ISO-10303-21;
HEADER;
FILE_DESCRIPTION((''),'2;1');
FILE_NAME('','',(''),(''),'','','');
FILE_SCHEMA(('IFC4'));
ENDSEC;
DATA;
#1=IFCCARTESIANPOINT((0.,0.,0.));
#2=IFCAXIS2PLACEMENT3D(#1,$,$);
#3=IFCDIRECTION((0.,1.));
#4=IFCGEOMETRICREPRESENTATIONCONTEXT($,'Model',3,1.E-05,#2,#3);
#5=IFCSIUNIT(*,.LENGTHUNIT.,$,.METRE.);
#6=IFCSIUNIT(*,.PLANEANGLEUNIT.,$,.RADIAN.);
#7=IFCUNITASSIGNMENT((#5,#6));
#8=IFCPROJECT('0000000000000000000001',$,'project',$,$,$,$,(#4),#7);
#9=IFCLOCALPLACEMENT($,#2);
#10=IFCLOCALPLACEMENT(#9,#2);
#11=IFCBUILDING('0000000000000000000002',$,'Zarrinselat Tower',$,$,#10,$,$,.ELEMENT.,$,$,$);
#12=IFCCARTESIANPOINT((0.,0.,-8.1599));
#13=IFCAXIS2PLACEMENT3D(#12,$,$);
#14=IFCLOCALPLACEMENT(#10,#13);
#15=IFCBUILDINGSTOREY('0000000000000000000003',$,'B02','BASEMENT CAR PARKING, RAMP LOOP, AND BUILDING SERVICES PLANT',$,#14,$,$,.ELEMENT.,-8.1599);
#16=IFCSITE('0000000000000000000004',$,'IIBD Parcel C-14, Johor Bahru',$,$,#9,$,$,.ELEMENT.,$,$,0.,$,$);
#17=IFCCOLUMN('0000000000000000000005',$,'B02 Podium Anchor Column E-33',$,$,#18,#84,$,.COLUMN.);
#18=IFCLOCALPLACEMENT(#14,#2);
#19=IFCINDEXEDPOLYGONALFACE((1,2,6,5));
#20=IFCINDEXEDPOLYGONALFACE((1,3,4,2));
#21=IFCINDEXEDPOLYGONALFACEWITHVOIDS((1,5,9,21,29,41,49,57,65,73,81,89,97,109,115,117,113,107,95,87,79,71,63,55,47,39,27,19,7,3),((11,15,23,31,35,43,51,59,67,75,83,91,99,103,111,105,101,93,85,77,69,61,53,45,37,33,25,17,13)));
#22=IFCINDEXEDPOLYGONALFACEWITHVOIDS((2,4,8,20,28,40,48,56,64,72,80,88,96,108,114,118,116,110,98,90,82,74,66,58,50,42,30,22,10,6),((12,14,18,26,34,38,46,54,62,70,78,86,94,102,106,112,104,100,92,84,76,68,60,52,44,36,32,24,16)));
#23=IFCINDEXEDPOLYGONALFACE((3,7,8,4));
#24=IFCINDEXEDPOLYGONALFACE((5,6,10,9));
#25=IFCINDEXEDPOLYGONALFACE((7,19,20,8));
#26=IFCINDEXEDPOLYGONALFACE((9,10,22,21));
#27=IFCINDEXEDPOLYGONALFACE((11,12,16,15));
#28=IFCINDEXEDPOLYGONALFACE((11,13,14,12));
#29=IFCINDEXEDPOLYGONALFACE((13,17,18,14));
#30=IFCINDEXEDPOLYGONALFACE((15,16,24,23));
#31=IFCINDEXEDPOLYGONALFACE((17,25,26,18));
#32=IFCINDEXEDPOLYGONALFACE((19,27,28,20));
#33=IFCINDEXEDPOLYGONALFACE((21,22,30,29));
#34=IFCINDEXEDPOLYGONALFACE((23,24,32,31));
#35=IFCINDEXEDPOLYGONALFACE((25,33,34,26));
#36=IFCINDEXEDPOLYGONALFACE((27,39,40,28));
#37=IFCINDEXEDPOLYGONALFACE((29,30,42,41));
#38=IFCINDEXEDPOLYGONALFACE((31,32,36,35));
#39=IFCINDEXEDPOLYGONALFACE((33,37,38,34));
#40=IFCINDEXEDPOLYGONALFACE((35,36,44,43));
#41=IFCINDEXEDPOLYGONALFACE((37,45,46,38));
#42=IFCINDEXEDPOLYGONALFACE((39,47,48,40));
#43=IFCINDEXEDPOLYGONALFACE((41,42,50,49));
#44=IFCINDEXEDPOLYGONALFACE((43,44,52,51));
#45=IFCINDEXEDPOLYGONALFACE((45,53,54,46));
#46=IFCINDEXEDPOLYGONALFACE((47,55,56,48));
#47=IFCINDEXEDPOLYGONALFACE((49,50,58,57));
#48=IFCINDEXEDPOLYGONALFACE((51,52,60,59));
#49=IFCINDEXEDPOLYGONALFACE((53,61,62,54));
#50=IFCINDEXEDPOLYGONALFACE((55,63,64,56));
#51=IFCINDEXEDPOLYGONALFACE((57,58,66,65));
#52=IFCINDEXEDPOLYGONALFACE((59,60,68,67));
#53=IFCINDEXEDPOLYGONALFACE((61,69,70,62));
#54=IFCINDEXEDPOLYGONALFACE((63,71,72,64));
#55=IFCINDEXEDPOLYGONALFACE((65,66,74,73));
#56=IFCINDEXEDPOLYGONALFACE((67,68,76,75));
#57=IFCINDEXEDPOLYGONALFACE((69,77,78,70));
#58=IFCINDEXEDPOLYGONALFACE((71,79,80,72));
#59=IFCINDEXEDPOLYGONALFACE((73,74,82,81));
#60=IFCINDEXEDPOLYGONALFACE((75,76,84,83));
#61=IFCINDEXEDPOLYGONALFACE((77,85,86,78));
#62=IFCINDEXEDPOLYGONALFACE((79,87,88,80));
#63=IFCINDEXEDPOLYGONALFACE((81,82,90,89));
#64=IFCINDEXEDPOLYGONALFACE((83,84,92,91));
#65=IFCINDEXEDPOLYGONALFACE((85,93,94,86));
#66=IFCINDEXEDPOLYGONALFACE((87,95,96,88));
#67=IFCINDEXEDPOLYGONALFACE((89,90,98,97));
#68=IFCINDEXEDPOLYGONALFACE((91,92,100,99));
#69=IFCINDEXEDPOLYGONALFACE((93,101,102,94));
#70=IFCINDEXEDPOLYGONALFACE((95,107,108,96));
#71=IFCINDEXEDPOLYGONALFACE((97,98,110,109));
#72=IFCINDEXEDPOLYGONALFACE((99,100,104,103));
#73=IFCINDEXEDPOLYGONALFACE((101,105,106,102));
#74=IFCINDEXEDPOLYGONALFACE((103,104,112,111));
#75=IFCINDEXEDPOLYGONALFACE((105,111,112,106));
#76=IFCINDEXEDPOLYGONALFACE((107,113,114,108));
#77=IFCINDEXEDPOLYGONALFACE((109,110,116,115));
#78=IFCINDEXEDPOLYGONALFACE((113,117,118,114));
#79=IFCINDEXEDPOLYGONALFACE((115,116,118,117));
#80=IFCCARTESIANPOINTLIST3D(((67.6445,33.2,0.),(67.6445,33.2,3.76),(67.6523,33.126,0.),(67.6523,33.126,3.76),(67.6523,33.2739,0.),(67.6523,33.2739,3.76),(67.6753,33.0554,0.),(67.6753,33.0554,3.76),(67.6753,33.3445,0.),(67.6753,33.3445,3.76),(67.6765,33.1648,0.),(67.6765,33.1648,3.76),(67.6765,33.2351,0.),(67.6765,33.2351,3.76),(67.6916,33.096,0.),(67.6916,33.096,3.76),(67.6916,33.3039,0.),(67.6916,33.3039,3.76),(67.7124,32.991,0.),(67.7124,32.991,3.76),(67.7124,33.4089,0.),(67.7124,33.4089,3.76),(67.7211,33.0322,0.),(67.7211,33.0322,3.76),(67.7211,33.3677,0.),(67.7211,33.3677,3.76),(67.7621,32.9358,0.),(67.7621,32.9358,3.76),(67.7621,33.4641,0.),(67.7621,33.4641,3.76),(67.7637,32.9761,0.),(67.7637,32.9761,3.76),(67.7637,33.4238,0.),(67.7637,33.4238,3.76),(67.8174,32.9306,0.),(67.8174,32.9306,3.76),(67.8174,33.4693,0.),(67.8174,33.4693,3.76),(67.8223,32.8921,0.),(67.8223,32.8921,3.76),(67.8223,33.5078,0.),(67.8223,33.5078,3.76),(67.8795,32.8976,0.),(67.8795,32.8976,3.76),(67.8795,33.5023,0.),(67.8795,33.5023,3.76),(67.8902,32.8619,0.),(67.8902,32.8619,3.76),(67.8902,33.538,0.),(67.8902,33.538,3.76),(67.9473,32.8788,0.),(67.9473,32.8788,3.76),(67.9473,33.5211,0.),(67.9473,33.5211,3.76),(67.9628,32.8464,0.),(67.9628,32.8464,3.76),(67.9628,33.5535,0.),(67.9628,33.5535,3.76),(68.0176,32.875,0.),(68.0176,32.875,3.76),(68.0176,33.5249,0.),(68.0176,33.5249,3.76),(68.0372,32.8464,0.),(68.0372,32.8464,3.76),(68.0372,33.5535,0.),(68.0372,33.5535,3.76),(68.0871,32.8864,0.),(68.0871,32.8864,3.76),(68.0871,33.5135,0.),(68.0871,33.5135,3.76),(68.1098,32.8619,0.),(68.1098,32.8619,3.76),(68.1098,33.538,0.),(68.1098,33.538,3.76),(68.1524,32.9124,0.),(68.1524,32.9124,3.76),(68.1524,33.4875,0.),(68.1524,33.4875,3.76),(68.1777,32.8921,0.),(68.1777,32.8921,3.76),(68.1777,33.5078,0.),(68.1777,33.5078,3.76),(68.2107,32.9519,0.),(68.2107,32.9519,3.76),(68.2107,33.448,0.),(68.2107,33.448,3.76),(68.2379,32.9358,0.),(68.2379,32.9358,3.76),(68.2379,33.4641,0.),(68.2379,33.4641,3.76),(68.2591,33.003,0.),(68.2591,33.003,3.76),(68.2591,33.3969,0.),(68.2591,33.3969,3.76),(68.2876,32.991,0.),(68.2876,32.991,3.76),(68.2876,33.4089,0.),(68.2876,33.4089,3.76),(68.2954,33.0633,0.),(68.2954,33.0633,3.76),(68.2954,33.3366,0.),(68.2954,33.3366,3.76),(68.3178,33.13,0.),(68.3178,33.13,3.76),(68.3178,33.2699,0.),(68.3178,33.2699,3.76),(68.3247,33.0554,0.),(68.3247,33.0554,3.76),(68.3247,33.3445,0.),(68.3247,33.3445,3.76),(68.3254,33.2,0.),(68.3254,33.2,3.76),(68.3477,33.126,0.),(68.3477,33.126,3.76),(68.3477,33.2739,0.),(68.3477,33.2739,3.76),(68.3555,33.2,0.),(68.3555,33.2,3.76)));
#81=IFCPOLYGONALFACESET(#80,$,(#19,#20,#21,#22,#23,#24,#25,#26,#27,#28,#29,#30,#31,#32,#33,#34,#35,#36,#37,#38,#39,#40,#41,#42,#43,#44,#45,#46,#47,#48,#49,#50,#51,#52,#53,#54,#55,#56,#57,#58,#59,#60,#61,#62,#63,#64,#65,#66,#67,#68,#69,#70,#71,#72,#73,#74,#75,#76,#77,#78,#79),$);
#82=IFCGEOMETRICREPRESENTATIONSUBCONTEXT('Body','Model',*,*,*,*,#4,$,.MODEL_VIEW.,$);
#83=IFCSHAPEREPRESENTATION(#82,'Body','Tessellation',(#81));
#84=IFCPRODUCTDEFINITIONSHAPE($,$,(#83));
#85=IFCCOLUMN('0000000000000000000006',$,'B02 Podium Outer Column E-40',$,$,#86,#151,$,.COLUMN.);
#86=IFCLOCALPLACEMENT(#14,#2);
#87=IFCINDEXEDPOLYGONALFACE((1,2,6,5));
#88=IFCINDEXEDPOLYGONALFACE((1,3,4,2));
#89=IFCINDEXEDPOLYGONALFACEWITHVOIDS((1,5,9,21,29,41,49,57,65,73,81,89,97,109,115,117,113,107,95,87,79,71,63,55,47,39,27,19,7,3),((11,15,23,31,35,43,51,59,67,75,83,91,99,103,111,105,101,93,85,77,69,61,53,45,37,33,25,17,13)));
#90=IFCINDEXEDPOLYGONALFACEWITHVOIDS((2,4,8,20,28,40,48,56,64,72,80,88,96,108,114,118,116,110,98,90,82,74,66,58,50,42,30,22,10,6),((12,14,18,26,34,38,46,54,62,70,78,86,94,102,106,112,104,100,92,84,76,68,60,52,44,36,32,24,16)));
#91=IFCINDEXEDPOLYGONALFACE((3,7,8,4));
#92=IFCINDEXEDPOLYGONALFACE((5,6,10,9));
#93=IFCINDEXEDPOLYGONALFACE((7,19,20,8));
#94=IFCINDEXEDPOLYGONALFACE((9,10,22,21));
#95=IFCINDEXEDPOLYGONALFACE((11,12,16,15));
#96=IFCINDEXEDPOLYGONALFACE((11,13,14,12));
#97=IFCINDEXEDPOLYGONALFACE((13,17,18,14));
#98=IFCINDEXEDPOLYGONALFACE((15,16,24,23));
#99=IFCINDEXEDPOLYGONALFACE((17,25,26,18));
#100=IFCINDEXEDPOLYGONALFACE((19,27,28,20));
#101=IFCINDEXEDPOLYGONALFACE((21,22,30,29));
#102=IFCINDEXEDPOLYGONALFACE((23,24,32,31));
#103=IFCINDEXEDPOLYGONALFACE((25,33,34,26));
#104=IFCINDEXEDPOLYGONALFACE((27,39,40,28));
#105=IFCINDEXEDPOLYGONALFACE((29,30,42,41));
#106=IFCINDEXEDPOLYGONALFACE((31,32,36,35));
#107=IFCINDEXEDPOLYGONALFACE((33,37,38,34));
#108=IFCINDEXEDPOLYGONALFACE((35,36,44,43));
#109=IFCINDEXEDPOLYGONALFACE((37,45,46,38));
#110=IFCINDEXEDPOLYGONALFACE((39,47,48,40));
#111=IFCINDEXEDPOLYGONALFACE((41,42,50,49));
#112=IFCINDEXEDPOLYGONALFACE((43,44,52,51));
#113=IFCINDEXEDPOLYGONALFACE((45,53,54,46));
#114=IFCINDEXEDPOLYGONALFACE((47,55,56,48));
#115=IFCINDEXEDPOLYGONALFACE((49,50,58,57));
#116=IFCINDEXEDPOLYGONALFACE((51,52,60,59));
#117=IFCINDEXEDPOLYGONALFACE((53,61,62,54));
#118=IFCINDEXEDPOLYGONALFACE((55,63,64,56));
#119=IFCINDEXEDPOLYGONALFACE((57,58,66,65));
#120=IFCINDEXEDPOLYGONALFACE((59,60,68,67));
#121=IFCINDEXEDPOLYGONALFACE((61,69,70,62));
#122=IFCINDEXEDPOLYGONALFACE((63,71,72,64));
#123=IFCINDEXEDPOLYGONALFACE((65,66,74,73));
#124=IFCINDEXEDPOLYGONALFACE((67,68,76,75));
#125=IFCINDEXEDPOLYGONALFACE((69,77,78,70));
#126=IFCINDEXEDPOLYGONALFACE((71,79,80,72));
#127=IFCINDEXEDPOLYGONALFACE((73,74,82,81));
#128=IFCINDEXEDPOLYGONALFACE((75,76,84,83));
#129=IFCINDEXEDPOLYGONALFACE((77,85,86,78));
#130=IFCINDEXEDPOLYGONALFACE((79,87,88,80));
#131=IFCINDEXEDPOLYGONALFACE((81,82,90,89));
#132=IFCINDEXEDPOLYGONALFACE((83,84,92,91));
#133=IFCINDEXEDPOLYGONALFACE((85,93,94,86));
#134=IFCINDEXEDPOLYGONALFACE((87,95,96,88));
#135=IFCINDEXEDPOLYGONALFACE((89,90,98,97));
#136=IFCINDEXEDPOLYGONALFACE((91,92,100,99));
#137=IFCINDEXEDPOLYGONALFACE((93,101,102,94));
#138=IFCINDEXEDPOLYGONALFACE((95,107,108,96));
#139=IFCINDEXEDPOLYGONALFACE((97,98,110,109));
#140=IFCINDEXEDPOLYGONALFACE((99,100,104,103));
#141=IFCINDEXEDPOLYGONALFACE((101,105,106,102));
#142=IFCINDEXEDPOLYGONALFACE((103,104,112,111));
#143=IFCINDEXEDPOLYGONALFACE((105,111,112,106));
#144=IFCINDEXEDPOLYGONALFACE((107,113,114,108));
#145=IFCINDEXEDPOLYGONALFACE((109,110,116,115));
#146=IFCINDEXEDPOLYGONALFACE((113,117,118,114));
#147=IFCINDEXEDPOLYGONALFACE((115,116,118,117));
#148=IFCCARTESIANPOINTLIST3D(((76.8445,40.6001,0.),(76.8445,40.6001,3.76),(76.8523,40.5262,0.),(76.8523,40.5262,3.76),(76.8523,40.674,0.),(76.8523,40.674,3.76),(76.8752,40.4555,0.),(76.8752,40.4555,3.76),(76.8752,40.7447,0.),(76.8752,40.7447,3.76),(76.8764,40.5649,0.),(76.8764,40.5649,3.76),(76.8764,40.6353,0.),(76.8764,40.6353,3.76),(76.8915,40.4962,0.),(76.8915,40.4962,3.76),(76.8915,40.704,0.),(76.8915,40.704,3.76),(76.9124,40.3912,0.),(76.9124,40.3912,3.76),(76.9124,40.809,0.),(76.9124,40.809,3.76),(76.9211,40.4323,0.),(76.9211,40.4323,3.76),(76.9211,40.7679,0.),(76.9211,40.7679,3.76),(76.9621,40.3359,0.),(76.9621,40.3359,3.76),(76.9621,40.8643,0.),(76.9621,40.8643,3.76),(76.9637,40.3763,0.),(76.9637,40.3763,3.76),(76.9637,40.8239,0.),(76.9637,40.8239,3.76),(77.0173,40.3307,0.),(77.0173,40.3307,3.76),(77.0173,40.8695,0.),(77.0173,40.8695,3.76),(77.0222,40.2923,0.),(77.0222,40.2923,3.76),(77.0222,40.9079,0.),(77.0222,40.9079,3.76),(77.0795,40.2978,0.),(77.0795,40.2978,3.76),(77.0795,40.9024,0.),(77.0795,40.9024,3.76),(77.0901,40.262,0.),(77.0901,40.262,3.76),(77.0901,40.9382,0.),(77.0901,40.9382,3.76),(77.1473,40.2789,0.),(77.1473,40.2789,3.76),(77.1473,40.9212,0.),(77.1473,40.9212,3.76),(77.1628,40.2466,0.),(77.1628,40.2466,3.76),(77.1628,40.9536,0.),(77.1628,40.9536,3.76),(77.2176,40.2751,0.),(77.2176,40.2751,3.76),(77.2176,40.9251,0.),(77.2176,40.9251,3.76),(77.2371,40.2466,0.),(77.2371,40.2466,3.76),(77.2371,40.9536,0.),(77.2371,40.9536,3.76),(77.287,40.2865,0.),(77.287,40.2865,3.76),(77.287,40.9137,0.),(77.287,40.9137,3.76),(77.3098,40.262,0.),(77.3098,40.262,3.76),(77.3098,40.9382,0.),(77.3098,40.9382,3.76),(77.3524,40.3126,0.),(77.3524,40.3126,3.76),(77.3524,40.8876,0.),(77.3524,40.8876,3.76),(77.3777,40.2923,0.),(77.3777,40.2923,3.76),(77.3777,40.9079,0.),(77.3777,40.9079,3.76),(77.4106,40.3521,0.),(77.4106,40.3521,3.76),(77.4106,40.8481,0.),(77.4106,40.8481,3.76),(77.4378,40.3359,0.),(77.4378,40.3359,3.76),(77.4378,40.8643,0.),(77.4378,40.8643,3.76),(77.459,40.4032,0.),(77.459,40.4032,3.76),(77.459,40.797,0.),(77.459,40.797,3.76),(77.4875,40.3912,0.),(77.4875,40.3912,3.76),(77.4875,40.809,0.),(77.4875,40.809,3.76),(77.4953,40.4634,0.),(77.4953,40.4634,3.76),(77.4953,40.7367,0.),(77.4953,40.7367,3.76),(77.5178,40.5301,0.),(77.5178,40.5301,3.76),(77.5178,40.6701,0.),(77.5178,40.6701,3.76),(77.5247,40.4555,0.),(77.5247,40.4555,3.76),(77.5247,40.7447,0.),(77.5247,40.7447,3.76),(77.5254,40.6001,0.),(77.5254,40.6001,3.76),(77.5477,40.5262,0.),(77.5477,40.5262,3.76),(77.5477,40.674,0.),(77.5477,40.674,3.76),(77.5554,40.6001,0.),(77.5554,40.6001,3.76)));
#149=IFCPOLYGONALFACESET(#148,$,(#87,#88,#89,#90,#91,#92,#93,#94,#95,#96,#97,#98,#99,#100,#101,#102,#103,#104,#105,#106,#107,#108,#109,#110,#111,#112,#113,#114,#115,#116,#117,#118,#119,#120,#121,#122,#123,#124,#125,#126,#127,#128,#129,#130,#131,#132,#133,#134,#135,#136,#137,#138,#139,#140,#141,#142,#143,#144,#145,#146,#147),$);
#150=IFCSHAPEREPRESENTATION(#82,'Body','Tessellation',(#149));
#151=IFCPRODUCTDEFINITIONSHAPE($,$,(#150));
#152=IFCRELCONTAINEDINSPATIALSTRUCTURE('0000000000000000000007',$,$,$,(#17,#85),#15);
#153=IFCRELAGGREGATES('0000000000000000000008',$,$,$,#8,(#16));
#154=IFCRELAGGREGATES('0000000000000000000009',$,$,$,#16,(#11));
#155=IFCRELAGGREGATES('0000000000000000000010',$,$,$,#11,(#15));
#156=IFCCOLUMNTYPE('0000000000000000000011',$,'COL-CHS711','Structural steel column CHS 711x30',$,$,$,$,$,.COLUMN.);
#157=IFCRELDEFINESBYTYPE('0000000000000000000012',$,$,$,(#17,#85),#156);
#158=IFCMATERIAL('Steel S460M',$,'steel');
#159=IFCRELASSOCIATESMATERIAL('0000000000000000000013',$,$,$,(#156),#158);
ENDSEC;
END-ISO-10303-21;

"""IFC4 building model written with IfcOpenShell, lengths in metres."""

from ifc_helpers import new_model, si_unit, direction, frame, origin, origin_2d, place, context, subcontext, project, spatial, hollow_circle, extrude, material, material_profile, profile_set, type_object, element, save


model = new_model("IFC4")

# Units and contexts
model_context = context("Model", 3, precision=1e-05, world=origin(), true_north=direction((0.0, 1.0)))
body_context = subcontext(model_context, "Body", "Model", "MODEL_VIEW")
ifc_project = project(units=[si_unit("LENGTHUNIT", "METRE"), si_unit("PLANEANGLEUNIT", "RADIAN")], contexts=[model_context])

# Site, building, storey
site_placement = place(None, origin())
site = spatial("IfcSite", under=ifc_project, at=site_placement, Name="IIBD Parcel C-14, Johor Bahru", CompositionType="ELEMENT", RefElevation=0.0)
building_placement = place(site_placement, origin())
building = spatial("IfcBuilding", under=site, at=building_placement, Name="Zarrinselat Tower", CompositionType="ELEMENT")
storey_placement = place(building_placement, frame((0.0, 0.0, -8.1599)))
storey = spatial("IfcBuildingStorey", under=building, at=storey_placement, Name="B02", Description="BASEMENT CAR PARKING, RAMP LOOP, AND BUILDING SERVICES PLANT", CompositionType="ELEMENT", Elevation=-8.1599)

# Columns
ifc_material_1 = material(Name="Steel S460M", Category="steel")
ifc_material_profile_1 = material_profile(ifc_material_1, hollow_circle(Radius=0.3555, WallThickness=0.03, at=origin_2d()), Name="CHS 711x30")
ifc_profile_set_1 = profile_set([ifc_material_profile_1], Name="Steel S460M")
column_type_1 = type_object("IfcColumnType", Name="COL-CHS711", Description="Structural steel column CHS 711x30", PredefinedType="COLUMN", material=ifc_profile_set_1)
for number, where, z_axis, x_axis, name in (
    (1, (68.0, 33.2, 0.0), (0.0, 0.0, 1.0), (1.0, 0.0, 0.0), "B02 Podium Anchor Column E-33"),
    (2, (77.2, 40.6001, 0.0), (0.0, 0.0, 1.0), (1.0, 0.0, 0.0), "B02 Podium Outer Column E-40"),
):
    element("IfcColumn", number, at=place(storey_placement, frame(where, z_axis=z_axis, x_axis=x_axis)), inside=storey, type_object=column_type_1, Name=name, PredefinedType="COLUMN", context=body_context, shape_type="SweptSolid", body=[
        extrude(hollow_circle(Radius=0.3555, WallThickness=0.03, at=origin_2d()), origin(), (0.0, 0.0, 1.0), 3.76),
    ])

save(model, "model.ifc")
